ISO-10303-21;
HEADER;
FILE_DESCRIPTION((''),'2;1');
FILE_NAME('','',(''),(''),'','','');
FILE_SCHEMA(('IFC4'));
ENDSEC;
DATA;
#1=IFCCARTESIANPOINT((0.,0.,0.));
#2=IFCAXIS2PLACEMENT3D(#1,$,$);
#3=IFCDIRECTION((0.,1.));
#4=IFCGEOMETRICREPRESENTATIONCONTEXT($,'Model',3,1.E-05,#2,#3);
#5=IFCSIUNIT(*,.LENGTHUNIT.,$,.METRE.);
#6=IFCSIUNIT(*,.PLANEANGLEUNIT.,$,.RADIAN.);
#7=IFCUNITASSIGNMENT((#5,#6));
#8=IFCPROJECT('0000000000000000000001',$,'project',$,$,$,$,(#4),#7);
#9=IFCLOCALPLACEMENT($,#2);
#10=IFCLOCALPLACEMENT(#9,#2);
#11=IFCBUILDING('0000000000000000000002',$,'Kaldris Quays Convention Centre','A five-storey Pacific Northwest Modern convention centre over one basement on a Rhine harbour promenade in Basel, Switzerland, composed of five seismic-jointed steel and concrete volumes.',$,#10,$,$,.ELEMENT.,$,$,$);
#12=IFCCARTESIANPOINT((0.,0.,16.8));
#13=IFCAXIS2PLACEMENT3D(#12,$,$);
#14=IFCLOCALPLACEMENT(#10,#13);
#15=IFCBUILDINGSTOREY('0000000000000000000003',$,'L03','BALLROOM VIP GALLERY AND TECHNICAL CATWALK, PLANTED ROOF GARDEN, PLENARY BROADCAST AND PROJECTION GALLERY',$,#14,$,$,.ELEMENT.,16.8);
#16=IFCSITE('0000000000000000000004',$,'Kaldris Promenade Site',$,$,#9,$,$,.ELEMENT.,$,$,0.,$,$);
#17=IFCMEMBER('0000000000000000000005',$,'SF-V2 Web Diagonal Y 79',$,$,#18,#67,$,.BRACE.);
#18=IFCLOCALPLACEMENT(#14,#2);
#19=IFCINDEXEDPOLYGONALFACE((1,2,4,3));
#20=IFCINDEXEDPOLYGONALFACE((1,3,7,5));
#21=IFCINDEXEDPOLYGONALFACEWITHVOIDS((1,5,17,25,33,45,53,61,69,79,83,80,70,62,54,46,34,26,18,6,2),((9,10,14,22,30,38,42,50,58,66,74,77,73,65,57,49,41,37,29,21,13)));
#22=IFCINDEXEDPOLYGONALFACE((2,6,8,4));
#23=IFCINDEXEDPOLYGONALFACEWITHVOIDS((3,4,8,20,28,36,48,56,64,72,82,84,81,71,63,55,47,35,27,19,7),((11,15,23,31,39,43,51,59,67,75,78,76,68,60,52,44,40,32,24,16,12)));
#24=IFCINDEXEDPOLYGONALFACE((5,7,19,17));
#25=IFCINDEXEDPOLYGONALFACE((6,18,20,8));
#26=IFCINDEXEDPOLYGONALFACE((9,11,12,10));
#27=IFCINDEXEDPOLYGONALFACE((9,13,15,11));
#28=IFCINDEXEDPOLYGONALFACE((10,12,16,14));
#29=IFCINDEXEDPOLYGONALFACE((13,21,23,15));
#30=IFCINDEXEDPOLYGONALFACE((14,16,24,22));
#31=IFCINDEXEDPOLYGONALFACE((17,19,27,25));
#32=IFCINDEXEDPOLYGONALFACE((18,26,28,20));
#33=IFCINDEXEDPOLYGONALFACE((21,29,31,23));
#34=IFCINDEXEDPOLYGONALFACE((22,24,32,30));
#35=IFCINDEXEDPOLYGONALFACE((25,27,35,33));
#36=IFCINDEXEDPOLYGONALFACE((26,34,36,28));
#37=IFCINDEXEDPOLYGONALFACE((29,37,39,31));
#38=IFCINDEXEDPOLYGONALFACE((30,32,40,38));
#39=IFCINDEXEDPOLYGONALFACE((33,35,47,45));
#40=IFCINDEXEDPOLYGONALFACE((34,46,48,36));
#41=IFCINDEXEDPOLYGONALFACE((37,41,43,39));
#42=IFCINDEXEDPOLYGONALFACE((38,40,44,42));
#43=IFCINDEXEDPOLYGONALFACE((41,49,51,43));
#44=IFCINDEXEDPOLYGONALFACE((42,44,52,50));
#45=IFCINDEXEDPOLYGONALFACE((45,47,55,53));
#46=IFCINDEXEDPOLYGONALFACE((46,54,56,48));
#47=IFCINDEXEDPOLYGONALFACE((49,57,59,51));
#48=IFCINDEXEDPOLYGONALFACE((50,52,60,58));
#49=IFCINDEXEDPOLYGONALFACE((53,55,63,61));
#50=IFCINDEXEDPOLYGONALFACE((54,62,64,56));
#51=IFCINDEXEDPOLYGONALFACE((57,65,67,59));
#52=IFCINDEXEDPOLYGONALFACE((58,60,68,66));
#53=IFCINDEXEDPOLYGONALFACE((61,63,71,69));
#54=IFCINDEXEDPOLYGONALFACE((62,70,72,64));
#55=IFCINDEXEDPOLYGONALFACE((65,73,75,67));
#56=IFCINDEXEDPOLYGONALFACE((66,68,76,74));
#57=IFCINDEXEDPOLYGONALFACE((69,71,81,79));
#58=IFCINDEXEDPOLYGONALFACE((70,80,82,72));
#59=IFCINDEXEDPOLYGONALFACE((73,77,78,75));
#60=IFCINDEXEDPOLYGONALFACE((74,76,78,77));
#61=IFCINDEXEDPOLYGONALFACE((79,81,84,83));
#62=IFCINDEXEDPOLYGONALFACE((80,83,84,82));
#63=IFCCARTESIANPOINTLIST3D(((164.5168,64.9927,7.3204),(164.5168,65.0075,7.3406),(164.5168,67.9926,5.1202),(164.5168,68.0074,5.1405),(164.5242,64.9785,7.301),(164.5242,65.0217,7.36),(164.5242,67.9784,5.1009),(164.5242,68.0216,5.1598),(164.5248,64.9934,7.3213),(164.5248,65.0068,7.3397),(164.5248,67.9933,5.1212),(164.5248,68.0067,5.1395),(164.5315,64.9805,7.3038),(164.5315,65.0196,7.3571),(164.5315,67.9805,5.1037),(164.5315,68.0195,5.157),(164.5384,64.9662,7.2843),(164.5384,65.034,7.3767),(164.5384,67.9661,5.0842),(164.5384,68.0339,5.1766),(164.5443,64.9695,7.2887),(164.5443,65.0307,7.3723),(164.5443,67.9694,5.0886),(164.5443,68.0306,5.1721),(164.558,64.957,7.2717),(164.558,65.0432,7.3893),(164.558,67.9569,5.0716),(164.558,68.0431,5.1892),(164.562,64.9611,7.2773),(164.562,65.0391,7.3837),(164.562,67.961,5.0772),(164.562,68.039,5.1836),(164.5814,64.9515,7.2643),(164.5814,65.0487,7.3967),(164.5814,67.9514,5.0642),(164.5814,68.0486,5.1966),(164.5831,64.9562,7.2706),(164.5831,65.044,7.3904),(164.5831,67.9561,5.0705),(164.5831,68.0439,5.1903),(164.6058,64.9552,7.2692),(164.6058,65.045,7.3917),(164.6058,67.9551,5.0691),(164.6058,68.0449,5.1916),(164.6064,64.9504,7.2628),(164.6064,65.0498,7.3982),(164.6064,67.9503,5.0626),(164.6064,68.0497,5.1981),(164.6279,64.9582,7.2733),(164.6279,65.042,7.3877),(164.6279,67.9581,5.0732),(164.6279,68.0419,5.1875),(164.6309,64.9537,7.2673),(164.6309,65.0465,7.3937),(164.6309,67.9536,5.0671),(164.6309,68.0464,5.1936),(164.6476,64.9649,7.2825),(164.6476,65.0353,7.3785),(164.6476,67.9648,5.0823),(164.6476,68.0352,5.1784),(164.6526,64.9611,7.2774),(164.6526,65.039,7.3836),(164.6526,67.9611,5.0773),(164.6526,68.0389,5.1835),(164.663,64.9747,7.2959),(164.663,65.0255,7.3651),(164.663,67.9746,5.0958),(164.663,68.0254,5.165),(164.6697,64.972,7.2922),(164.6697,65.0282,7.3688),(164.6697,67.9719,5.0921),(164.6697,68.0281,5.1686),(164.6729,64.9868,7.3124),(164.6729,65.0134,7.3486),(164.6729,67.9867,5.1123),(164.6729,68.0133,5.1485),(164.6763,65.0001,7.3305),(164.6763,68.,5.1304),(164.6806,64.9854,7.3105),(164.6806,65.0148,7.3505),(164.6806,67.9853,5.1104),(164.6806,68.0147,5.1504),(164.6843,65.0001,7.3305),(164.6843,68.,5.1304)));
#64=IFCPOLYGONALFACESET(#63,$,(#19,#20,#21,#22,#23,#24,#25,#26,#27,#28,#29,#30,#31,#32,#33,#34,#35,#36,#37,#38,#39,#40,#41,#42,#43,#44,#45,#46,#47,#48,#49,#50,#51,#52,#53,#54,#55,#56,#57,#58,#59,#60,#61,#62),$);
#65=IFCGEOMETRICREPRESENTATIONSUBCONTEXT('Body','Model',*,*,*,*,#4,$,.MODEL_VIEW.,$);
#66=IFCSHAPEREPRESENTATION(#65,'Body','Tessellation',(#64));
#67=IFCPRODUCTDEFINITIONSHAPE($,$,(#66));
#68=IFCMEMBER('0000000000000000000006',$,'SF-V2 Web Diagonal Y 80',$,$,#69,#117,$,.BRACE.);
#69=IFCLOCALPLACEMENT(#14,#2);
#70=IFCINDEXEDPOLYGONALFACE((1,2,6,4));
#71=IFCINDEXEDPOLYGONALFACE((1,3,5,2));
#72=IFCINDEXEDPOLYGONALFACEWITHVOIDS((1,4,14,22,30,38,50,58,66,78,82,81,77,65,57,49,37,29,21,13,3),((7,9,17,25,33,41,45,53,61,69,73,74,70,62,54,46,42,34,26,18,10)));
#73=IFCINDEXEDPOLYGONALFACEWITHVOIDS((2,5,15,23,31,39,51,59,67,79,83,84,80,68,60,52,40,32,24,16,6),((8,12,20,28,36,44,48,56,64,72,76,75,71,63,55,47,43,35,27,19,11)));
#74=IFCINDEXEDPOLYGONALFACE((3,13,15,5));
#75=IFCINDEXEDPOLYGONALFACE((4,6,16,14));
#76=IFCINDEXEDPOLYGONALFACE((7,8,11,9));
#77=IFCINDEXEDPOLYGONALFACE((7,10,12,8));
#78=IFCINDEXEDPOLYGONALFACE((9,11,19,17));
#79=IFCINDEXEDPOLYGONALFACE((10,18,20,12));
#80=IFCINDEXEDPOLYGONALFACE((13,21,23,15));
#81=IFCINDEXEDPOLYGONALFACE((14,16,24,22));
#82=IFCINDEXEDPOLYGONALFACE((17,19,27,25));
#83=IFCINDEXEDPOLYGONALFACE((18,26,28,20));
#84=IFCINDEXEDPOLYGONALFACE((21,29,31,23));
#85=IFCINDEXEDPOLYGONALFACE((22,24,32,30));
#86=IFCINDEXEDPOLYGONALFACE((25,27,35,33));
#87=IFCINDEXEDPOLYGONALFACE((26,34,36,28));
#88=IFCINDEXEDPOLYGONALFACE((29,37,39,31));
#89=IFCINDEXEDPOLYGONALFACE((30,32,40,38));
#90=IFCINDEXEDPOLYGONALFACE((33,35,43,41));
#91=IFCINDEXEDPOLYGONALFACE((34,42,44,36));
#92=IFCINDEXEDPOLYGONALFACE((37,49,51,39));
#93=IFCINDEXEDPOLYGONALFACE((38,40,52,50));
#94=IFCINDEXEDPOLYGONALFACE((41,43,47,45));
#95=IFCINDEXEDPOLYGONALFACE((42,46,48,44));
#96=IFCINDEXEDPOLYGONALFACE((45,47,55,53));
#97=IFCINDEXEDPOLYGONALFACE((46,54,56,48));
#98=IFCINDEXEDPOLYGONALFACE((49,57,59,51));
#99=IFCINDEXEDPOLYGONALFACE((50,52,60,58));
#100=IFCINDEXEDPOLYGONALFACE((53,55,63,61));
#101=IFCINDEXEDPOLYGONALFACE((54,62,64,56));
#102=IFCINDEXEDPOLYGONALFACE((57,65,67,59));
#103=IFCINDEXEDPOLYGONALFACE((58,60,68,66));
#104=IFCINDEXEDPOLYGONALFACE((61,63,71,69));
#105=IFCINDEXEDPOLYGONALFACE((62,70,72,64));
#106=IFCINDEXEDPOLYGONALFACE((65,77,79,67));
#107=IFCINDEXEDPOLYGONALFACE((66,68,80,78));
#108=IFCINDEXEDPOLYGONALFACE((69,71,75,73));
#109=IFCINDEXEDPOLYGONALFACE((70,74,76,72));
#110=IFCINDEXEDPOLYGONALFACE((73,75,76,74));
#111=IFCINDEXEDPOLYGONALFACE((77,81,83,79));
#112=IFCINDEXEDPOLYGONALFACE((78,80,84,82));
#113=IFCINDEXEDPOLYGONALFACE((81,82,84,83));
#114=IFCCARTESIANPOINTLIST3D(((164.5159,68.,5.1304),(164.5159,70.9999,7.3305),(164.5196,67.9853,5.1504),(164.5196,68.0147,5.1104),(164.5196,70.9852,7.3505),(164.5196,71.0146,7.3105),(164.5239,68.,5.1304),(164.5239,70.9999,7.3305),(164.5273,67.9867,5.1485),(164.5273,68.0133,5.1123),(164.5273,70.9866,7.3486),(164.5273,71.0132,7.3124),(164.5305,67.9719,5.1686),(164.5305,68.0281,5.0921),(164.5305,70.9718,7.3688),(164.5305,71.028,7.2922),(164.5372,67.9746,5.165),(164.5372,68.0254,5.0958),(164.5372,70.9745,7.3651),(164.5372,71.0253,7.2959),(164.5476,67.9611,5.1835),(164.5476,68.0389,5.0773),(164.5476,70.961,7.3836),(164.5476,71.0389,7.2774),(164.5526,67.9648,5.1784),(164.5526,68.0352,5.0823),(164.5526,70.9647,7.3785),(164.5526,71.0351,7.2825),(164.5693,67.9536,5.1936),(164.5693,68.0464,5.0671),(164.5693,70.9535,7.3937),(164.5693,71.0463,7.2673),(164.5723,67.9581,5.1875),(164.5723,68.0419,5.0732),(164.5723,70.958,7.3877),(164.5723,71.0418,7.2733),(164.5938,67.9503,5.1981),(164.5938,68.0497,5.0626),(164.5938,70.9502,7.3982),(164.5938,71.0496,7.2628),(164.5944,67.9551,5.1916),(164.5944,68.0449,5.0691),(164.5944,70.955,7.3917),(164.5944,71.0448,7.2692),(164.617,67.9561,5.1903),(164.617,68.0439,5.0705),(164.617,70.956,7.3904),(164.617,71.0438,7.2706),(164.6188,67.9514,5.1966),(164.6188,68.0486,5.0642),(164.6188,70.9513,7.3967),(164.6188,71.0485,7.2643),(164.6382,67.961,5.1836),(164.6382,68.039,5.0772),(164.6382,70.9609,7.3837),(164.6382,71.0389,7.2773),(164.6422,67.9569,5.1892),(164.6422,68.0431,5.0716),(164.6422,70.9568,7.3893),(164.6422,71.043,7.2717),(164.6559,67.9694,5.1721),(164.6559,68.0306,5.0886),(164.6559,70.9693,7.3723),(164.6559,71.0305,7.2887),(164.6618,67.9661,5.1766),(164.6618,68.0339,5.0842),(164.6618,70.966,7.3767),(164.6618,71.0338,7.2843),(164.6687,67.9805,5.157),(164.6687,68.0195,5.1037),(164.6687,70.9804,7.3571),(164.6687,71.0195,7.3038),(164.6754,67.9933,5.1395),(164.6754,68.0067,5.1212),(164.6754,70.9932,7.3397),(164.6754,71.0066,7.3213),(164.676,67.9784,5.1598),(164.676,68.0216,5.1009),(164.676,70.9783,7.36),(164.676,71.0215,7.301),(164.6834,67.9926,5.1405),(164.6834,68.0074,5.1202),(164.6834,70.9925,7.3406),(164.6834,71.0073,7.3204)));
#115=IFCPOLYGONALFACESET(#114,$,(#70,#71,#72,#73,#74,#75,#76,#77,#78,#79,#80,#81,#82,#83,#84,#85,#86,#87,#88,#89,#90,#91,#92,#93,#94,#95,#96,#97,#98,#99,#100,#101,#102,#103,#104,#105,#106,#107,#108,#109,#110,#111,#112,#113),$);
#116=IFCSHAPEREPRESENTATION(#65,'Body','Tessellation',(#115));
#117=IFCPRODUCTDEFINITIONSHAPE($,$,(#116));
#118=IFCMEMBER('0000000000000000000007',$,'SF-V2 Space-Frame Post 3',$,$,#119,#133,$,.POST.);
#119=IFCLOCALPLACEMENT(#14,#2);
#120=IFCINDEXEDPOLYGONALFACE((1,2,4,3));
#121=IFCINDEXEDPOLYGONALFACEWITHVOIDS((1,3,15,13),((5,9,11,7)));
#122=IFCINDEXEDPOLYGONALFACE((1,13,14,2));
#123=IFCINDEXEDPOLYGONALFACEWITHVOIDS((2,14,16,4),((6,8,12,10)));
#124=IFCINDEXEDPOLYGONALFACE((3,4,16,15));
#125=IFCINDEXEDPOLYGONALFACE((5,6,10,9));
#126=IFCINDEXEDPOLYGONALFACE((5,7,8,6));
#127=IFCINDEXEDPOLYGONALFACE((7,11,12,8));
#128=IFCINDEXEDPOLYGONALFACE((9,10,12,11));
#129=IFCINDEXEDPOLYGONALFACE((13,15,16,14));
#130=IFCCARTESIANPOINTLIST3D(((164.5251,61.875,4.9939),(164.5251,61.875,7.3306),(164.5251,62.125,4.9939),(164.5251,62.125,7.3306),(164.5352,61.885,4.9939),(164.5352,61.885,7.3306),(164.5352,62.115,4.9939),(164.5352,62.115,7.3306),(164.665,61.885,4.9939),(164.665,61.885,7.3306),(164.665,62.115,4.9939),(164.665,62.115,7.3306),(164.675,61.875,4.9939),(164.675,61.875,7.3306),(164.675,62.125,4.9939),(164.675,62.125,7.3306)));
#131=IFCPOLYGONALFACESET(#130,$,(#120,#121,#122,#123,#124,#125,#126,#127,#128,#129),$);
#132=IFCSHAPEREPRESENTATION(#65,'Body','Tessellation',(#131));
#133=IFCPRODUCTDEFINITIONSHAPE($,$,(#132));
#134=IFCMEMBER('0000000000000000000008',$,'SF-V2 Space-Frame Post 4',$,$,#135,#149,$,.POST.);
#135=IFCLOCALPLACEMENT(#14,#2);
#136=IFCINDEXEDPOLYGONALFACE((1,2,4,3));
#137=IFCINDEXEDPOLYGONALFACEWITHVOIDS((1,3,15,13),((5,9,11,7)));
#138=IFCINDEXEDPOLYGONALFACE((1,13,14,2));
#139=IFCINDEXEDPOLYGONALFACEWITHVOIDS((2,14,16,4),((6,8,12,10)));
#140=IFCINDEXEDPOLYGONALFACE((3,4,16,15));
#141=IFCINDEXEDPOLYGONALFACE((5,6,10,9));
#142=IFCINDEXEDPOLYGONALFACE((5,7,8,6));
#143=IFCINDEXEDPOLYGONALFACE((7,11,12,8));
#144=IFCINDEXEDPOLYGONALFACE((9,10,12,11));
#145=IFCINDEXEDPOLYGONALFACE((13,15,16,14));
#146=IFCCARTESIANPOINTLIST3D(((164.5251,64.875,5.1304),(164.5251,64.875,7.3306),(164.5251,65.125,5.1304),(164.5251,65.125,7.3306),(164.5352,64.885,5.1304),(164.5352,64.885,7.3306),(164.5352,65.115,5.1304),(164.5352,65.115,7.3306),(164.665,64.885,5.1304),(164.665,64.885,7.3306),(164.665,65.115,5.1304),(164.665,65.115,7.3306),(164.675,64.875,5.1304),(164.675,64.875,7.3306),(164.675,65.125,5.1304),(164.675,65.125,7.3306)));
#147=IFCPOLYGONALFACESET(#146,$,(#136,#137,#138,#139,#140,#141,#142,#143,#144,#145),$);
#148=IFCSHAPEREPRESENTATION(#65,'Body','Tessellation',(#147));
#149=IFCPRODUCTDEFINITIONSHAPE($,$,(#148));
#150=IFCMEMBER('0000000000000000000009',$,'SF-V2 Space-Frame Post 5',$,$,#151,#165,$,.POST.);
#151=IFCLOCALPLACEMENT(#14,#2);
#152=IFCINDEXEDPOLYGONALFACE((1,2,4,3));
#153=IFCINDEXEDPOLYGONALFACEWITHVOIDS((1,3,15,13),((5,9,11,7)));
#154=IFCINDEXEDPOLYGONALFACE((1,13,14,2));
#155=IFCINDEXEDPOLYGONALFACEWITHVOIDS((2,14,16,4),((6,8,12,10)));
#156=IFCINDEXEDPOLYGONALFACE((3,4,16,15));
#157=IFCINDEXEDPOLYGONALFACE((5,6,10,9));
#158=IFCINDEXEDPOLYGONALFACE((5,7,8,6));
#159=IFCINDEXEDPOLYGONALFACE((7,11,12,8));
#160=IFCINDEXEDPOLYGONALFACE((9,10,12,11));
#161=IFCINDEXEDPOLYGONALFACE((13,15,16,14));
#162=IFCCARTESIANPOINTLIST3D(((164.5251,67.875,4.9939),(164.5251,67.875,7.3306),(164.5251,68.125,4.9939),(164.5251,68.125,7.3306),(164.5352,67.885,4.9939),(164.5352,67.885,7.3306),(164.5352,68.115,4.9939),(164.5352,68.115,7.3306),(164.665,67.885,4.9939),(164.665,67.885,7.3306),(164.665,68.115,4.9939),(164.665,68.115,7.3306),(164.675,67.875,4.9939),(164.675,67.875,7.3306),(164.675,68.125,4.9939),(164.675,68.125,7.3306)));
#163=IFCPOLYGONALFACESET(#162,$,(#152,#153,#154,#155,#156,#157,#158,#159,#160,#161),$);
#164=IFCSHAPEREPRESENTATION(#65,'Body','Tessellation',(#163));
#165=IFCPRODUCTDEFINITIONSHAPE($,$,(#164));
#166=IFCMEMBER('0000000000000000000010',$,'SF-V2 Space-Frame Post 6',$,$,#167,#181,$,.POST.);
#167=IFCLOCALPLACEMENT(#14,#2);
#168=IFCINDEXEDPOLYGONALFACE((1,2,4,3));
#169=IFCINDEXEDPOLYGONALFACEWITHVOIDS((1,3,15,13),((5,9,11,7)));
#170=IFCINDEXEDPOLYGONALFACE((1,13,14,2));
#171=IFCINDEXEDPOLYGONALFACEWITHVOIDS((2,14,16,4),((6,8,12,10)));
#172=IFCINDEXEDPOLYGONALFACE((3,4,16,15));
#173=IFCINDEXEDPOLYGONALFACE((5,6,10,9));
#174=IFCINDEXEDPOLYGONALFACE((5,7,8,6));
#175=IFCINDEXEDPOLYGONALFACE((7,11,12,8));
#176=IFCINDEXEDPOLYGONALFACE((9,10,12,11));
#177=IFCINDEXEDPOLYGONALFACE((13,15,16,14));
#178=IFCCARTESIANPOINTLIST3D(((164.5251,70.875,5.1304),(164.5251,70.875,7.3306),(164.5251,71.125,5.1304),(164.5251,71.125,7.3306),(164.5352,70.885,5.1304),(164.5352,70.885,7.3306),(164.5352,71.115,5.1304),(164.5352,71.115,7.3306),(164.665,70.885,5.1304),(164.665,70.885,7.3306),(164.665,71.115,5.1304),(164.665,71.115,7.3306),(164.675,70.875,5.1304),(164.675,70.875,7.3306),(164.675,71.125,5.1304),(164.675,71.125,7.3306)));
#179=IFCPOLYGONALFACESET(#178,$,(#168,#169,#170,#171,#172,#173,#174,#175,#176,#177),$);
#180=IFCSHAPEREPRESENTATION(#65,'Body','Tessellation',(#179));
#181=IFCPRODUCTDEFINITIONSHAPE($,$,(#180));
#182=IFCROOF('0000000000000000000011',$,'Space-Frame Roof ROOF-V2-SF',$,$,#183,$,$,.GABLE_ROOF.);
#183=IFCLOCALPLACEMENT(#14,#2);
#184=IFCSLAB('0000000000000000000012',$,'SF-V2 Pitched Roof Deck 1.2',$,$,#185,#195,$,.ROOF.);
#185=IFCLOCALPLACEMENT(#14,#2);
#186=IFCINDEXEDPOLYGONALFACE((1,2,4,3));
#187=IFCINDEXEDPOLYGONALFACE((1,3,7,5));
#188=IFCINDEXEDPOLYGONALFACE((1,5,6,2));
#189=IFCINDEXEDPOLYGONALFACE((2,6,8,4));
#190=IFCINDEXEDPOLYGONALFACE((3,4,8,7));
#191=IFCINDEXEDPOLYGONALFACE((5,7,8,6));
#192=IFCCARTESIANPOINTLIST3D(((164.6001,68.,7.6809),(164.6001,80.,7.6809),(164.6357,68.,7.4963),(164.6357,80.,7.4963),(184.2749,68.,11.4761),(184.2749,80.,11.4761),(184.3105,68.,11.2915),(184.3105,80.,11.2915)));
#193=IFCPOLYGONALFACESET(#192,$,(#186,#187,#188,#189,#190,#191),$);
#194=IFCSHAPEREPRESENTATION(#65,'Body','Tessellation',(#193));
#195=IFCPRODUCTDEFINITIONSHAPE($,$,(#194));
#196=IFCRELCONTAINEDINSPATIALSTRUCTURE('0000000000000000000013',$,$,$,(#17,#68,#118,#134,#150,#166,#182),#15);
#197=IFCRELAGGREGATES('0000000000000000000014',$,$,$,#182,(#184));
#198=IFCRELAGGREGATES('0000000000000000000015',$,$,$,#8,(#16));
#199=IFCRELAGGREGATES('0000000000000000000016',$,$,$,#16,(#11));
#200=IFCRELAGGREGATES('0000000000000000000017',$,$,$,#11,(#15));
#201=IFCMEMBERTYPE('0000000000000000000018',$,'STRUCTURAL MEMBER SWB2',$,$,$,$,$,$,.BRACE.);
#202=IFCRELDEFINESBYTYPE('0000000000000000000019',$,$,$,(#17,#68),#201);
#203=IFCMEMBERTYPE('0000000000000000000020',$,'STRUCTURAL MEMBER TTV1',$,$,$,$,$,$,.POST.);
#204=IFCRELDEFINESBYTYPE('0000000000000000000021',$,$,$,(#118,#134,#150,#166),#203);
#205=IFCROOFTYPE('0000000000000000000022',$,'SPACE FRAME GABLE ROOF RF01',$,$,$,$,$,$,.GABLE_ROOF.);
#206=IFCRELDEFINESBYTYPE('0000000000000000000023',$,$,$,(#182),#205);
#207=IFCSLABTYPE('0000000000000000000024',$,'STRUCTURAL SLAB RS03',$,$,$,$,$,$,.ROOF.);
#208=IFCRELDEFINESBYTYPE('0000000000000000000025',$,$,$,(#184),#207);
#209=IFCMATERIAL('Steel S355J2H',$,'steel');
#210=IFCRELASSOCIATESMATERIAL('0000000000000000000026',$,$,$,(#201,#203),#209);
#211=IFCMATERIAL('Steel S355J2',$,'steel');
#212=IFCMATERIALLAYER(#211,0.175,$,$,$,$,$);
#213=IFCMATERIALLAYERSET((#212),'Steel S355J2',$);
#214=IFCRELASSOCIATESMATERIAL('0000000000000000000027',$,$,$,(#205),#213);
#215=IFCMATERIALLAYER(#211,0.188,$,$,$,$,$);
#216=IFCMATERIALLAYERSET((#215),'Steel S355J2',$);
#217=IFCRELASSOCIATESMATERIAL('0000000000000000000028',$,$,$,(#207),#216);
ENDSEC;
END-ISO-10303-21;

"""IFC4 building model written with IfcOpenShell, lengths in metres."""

from ifc_helpers import new_model, si_unit, direction, frame, origin, origin_2d, place, context, subcontext, project, spatial, polyline, hollow_rectangle, hollow_circle, outline, extrude, material, layer, layer_set, material_profile, profile_set, type_object, element, aggregate, save


model = new_model("IFC4")

# Units and contexts
model_context = context("Model", 3, precision=1e-05, world=origin(), true_north=direction((0.0, 1.0)))
body_context = subcontext(model_context, "Body", "Model", "MODEL_VIEW")
ifc_project = project(units=[si_unit("LENGTHUNIT", "METRE"), si_unit("PLANEANGLEUNIT", "RADIAN")], contexts=[model_context])

# Site, building, storey
site_placement = place(None, origin())
site = spatial("IfcSite", under=ifc_project, at=site_placement, Name="Kaldris Promenade Site", CompositionType="ELEMENT", RefElevation=0.0)
building_placement = place(site_placement, origin())
building = spatial("IfcBuilding", under=site, at=building_placement, Name="Kaldris Quays Convention Centre", Description="A five-storey Pacific Northwest Modern convention centre over one basement on a Rhine harbour promenade in Basel, Switzerland, composed of five seismic-jointed steel and concrete volumes.", CompositionType="ELEMENT")
storey_placement = place(building_placement, frame((0.0, 0.0, 16.8)))
storey = spatial("IfcBuildingStorey", under=building, at=storey_placement, Name="L03", Description="BALLROOM VIP GALLERY AND TECHNICAL CATWALK, PLANTED ROOF GARDEN, PLENARY BROADCAST AND PROJECTION GALLERY", CompositionType="ELEMENT", Elevation=16.8)

# Shared definitions
ifc_material_1 = material(Name="Steel S355J2", Category="steel")

# Members
ifc_material_2 = material(Name="Steel S355J2H", Category="steel")
ifc_material_profile_1 = material_profile(ifc_material_2, hollow_circle(Radius=0.0842, WallThickness=0.0081, at=origin_2d()), Name="CHS 168.3x8")
ifc_profile_set_1 = profile_set([ifc_material_profile_1], Name="Steel S355J2H")
member_type_1 = type_object("IfcMemberType", Name="STRUCTURAL MEMBER SWB2", PredefinedType="BRACE", material=ifc_profile_set_1)
for number, where, z_axis, x_axis, name in (
    (1, (164.6001, 68.0, 5.1304), (0.0, -0.80638, 0.591398), (1.0, 0.0, 0.0), "SF-V2 Web Diagonal Y 79"),
    (2, (164.6001, 68.0, 5.1304), (0.0, 0.80638, 0.591398), (-1.0, 0.0, 0.0), "SF-V2 Web Diagonal Y 80"),
):
    element("IfcMember", number, at=place(storey_placement, frame(where, z_axis=z_axis, x_axis=x_axis)), inside=storey, type_object=member_type_1, Name=name, PredefinedType="BRACE", context=body_context, shape_type="SweptSolid", body=[
        extrude(hollow_circle(Radius=0.0842, WallThickness=0.0081, at=origin_2d()), origin(), (0.0, 0.0, 1.0), 3.7202),
    ])
ifc_material_profile_2 = material_profile(ifc_material_2, hollow_rectangle(XDim=0.1499, YDim=0.25, WallThickness=0.01, at=origin_2d()), Name="RHS 250x150x10")
ifc_profile_set_2 = profile_set([ifc_material_profile_2], Name="Steel S355J2H")
member_type_2 = type_object("IfcMemberType", Name="STRUCTURAL MEMBER TTV1", PredefinedType="POST", material=ifc_profile_set_2)
member_1_placement = place(storey_placement, frame((164.6001, 62.0, 4.9939), z_axis=(0.0, 0.0, 1.0), x_axis=(1.0, 0.0, 0.0)))
element("IfcMember", 3, at=member_1_placement, inside=storey, type_object=member_type_2, Name="SF-V2 Space-Frame Post 3", PredefinedType="POST", context=body_context, shape_type="SweptSolid", body=[
    extrude(hollow_rectangle(XDim=0.1499, YDim=0.25, WallThickness=0.01, at=origin_2d()), origin(), (0.0, 0.0, 1.0), 2.3367),
])
member_2_placement = place(storey_placement, frame((164.6001, 65.0, 5.1304), z_axis=(0.0, 0.0, 1.0), x_axis=(1.0, 0.0, 0.0)))
element("IfcMember", 4, at=member_2_placement, inside=storey, type_object=member_type_2, Name="SF-V2 Space-Frame Post 4", PredefinedType="POST", context=body_context, shape_type="SweptSolid", body=[
    extrude(hollow_rectangle(XDim=0.1499, YDim=0.25, WallThickness=0.01, at=origin_2d()), origin(), (0.0, 0.0, 1.0), 2.2002),
])
member_3_placement = place(storey_placement, frame((164.6001, 68.0, 4.9939), z_axis=(0.0, 0.0, 1.0), x_axis=(1.0, 0.0, 0.0)))
element("IfcMember", 5, at=member_3_placement, inside=storey, type_object=member_type_2, Name="SF-V2 Space-Frame Post 5", PredefinedType="POST", context=body_context, shape_type="SweptSolid", body=[
    extrude(hollow_rectangle(XDim=0.1499, YDim=0.25, WallThickness=0.01, at=origin_2d()), origin(), (0.0, 0.0, 1.0), 2.3367),
])
member_4_placement = place(storey_placement, frame((164.6001, 71.0, 5.1304), z_axis=(0.0, 0.0, 1.0), x_axis=(1.0, 0.0, 0.0)))
element("IfcMember", 6, at=member_4_placement, inside=storey, type_object=member_type_2, Name="SF-V2 Space-Frame Post 6", PredefinedType="POST", context=body_context, shape_type="SweptSolid", body=[
    extrude(hollow_rectangle(XDim=0.1499, YDim=0.25, WallThickness=0.01, at=origin_2d()), origin(), (0.0, 0.0, 1.0), 2.2002),
])

# Roof, slab
ifc_layer_1 = layer(ifc_material_1, 0.175)
ifc_layer_set_1 = layer_set([ifc_layer_1], Name="Steel S355J2")
roof_type = type_object("IfcRoofType", Name="SPACE FRAME GABLE ROOF RF01", PredefinedType="GABLE_ROOF", material=ifc_layer_set_1)
roof_placement = place(storey_placement, origin())
roof = element("IfcRoof", 7, at=roof_placement, inside=storey, type_object=roof_type, Name="Space-Frame Roof ROOF-V2-SF", PredefinedType="GABLE_ROOF")
ifc_layer_2 = layer(ifc_material_1, 0.188)
ifc_layer_set_2 = layer_set([ifc_layer_2], Name="Steel S355J2")
slab_type = type_object("IfcSlabType", Name="STRUCTURAL SLAB RS03", PredefinedType="ROOF", material=ifc_layer_set_2)
slab_placement = place(storey_placement, frame((164.6001, 68.0, 7.6809), z_axis=(-0.189403, 0.0, 0.981899), x_axis=(0.981899, 0.0, 0.189403)))
slab = element("IfcSlab", 8, at=slab_placement, type_object=slab_type, Name="SF-V2 Pitched Roof Deck 1.2", PredefinedType="ROOF", context=body_context, shape_type="SweptSolid", body=[
    extrude(outline(polyline([(0.0, 0.0), (20.0375, 0.0), (20.0375, 12.0), (0.0, 12.0), (0.0, 0.0)])), origin(), (0.0, 0.0, -1.0), 0.188),
])
aggregate(roof, [slab])

save(model, "model.ifc")
